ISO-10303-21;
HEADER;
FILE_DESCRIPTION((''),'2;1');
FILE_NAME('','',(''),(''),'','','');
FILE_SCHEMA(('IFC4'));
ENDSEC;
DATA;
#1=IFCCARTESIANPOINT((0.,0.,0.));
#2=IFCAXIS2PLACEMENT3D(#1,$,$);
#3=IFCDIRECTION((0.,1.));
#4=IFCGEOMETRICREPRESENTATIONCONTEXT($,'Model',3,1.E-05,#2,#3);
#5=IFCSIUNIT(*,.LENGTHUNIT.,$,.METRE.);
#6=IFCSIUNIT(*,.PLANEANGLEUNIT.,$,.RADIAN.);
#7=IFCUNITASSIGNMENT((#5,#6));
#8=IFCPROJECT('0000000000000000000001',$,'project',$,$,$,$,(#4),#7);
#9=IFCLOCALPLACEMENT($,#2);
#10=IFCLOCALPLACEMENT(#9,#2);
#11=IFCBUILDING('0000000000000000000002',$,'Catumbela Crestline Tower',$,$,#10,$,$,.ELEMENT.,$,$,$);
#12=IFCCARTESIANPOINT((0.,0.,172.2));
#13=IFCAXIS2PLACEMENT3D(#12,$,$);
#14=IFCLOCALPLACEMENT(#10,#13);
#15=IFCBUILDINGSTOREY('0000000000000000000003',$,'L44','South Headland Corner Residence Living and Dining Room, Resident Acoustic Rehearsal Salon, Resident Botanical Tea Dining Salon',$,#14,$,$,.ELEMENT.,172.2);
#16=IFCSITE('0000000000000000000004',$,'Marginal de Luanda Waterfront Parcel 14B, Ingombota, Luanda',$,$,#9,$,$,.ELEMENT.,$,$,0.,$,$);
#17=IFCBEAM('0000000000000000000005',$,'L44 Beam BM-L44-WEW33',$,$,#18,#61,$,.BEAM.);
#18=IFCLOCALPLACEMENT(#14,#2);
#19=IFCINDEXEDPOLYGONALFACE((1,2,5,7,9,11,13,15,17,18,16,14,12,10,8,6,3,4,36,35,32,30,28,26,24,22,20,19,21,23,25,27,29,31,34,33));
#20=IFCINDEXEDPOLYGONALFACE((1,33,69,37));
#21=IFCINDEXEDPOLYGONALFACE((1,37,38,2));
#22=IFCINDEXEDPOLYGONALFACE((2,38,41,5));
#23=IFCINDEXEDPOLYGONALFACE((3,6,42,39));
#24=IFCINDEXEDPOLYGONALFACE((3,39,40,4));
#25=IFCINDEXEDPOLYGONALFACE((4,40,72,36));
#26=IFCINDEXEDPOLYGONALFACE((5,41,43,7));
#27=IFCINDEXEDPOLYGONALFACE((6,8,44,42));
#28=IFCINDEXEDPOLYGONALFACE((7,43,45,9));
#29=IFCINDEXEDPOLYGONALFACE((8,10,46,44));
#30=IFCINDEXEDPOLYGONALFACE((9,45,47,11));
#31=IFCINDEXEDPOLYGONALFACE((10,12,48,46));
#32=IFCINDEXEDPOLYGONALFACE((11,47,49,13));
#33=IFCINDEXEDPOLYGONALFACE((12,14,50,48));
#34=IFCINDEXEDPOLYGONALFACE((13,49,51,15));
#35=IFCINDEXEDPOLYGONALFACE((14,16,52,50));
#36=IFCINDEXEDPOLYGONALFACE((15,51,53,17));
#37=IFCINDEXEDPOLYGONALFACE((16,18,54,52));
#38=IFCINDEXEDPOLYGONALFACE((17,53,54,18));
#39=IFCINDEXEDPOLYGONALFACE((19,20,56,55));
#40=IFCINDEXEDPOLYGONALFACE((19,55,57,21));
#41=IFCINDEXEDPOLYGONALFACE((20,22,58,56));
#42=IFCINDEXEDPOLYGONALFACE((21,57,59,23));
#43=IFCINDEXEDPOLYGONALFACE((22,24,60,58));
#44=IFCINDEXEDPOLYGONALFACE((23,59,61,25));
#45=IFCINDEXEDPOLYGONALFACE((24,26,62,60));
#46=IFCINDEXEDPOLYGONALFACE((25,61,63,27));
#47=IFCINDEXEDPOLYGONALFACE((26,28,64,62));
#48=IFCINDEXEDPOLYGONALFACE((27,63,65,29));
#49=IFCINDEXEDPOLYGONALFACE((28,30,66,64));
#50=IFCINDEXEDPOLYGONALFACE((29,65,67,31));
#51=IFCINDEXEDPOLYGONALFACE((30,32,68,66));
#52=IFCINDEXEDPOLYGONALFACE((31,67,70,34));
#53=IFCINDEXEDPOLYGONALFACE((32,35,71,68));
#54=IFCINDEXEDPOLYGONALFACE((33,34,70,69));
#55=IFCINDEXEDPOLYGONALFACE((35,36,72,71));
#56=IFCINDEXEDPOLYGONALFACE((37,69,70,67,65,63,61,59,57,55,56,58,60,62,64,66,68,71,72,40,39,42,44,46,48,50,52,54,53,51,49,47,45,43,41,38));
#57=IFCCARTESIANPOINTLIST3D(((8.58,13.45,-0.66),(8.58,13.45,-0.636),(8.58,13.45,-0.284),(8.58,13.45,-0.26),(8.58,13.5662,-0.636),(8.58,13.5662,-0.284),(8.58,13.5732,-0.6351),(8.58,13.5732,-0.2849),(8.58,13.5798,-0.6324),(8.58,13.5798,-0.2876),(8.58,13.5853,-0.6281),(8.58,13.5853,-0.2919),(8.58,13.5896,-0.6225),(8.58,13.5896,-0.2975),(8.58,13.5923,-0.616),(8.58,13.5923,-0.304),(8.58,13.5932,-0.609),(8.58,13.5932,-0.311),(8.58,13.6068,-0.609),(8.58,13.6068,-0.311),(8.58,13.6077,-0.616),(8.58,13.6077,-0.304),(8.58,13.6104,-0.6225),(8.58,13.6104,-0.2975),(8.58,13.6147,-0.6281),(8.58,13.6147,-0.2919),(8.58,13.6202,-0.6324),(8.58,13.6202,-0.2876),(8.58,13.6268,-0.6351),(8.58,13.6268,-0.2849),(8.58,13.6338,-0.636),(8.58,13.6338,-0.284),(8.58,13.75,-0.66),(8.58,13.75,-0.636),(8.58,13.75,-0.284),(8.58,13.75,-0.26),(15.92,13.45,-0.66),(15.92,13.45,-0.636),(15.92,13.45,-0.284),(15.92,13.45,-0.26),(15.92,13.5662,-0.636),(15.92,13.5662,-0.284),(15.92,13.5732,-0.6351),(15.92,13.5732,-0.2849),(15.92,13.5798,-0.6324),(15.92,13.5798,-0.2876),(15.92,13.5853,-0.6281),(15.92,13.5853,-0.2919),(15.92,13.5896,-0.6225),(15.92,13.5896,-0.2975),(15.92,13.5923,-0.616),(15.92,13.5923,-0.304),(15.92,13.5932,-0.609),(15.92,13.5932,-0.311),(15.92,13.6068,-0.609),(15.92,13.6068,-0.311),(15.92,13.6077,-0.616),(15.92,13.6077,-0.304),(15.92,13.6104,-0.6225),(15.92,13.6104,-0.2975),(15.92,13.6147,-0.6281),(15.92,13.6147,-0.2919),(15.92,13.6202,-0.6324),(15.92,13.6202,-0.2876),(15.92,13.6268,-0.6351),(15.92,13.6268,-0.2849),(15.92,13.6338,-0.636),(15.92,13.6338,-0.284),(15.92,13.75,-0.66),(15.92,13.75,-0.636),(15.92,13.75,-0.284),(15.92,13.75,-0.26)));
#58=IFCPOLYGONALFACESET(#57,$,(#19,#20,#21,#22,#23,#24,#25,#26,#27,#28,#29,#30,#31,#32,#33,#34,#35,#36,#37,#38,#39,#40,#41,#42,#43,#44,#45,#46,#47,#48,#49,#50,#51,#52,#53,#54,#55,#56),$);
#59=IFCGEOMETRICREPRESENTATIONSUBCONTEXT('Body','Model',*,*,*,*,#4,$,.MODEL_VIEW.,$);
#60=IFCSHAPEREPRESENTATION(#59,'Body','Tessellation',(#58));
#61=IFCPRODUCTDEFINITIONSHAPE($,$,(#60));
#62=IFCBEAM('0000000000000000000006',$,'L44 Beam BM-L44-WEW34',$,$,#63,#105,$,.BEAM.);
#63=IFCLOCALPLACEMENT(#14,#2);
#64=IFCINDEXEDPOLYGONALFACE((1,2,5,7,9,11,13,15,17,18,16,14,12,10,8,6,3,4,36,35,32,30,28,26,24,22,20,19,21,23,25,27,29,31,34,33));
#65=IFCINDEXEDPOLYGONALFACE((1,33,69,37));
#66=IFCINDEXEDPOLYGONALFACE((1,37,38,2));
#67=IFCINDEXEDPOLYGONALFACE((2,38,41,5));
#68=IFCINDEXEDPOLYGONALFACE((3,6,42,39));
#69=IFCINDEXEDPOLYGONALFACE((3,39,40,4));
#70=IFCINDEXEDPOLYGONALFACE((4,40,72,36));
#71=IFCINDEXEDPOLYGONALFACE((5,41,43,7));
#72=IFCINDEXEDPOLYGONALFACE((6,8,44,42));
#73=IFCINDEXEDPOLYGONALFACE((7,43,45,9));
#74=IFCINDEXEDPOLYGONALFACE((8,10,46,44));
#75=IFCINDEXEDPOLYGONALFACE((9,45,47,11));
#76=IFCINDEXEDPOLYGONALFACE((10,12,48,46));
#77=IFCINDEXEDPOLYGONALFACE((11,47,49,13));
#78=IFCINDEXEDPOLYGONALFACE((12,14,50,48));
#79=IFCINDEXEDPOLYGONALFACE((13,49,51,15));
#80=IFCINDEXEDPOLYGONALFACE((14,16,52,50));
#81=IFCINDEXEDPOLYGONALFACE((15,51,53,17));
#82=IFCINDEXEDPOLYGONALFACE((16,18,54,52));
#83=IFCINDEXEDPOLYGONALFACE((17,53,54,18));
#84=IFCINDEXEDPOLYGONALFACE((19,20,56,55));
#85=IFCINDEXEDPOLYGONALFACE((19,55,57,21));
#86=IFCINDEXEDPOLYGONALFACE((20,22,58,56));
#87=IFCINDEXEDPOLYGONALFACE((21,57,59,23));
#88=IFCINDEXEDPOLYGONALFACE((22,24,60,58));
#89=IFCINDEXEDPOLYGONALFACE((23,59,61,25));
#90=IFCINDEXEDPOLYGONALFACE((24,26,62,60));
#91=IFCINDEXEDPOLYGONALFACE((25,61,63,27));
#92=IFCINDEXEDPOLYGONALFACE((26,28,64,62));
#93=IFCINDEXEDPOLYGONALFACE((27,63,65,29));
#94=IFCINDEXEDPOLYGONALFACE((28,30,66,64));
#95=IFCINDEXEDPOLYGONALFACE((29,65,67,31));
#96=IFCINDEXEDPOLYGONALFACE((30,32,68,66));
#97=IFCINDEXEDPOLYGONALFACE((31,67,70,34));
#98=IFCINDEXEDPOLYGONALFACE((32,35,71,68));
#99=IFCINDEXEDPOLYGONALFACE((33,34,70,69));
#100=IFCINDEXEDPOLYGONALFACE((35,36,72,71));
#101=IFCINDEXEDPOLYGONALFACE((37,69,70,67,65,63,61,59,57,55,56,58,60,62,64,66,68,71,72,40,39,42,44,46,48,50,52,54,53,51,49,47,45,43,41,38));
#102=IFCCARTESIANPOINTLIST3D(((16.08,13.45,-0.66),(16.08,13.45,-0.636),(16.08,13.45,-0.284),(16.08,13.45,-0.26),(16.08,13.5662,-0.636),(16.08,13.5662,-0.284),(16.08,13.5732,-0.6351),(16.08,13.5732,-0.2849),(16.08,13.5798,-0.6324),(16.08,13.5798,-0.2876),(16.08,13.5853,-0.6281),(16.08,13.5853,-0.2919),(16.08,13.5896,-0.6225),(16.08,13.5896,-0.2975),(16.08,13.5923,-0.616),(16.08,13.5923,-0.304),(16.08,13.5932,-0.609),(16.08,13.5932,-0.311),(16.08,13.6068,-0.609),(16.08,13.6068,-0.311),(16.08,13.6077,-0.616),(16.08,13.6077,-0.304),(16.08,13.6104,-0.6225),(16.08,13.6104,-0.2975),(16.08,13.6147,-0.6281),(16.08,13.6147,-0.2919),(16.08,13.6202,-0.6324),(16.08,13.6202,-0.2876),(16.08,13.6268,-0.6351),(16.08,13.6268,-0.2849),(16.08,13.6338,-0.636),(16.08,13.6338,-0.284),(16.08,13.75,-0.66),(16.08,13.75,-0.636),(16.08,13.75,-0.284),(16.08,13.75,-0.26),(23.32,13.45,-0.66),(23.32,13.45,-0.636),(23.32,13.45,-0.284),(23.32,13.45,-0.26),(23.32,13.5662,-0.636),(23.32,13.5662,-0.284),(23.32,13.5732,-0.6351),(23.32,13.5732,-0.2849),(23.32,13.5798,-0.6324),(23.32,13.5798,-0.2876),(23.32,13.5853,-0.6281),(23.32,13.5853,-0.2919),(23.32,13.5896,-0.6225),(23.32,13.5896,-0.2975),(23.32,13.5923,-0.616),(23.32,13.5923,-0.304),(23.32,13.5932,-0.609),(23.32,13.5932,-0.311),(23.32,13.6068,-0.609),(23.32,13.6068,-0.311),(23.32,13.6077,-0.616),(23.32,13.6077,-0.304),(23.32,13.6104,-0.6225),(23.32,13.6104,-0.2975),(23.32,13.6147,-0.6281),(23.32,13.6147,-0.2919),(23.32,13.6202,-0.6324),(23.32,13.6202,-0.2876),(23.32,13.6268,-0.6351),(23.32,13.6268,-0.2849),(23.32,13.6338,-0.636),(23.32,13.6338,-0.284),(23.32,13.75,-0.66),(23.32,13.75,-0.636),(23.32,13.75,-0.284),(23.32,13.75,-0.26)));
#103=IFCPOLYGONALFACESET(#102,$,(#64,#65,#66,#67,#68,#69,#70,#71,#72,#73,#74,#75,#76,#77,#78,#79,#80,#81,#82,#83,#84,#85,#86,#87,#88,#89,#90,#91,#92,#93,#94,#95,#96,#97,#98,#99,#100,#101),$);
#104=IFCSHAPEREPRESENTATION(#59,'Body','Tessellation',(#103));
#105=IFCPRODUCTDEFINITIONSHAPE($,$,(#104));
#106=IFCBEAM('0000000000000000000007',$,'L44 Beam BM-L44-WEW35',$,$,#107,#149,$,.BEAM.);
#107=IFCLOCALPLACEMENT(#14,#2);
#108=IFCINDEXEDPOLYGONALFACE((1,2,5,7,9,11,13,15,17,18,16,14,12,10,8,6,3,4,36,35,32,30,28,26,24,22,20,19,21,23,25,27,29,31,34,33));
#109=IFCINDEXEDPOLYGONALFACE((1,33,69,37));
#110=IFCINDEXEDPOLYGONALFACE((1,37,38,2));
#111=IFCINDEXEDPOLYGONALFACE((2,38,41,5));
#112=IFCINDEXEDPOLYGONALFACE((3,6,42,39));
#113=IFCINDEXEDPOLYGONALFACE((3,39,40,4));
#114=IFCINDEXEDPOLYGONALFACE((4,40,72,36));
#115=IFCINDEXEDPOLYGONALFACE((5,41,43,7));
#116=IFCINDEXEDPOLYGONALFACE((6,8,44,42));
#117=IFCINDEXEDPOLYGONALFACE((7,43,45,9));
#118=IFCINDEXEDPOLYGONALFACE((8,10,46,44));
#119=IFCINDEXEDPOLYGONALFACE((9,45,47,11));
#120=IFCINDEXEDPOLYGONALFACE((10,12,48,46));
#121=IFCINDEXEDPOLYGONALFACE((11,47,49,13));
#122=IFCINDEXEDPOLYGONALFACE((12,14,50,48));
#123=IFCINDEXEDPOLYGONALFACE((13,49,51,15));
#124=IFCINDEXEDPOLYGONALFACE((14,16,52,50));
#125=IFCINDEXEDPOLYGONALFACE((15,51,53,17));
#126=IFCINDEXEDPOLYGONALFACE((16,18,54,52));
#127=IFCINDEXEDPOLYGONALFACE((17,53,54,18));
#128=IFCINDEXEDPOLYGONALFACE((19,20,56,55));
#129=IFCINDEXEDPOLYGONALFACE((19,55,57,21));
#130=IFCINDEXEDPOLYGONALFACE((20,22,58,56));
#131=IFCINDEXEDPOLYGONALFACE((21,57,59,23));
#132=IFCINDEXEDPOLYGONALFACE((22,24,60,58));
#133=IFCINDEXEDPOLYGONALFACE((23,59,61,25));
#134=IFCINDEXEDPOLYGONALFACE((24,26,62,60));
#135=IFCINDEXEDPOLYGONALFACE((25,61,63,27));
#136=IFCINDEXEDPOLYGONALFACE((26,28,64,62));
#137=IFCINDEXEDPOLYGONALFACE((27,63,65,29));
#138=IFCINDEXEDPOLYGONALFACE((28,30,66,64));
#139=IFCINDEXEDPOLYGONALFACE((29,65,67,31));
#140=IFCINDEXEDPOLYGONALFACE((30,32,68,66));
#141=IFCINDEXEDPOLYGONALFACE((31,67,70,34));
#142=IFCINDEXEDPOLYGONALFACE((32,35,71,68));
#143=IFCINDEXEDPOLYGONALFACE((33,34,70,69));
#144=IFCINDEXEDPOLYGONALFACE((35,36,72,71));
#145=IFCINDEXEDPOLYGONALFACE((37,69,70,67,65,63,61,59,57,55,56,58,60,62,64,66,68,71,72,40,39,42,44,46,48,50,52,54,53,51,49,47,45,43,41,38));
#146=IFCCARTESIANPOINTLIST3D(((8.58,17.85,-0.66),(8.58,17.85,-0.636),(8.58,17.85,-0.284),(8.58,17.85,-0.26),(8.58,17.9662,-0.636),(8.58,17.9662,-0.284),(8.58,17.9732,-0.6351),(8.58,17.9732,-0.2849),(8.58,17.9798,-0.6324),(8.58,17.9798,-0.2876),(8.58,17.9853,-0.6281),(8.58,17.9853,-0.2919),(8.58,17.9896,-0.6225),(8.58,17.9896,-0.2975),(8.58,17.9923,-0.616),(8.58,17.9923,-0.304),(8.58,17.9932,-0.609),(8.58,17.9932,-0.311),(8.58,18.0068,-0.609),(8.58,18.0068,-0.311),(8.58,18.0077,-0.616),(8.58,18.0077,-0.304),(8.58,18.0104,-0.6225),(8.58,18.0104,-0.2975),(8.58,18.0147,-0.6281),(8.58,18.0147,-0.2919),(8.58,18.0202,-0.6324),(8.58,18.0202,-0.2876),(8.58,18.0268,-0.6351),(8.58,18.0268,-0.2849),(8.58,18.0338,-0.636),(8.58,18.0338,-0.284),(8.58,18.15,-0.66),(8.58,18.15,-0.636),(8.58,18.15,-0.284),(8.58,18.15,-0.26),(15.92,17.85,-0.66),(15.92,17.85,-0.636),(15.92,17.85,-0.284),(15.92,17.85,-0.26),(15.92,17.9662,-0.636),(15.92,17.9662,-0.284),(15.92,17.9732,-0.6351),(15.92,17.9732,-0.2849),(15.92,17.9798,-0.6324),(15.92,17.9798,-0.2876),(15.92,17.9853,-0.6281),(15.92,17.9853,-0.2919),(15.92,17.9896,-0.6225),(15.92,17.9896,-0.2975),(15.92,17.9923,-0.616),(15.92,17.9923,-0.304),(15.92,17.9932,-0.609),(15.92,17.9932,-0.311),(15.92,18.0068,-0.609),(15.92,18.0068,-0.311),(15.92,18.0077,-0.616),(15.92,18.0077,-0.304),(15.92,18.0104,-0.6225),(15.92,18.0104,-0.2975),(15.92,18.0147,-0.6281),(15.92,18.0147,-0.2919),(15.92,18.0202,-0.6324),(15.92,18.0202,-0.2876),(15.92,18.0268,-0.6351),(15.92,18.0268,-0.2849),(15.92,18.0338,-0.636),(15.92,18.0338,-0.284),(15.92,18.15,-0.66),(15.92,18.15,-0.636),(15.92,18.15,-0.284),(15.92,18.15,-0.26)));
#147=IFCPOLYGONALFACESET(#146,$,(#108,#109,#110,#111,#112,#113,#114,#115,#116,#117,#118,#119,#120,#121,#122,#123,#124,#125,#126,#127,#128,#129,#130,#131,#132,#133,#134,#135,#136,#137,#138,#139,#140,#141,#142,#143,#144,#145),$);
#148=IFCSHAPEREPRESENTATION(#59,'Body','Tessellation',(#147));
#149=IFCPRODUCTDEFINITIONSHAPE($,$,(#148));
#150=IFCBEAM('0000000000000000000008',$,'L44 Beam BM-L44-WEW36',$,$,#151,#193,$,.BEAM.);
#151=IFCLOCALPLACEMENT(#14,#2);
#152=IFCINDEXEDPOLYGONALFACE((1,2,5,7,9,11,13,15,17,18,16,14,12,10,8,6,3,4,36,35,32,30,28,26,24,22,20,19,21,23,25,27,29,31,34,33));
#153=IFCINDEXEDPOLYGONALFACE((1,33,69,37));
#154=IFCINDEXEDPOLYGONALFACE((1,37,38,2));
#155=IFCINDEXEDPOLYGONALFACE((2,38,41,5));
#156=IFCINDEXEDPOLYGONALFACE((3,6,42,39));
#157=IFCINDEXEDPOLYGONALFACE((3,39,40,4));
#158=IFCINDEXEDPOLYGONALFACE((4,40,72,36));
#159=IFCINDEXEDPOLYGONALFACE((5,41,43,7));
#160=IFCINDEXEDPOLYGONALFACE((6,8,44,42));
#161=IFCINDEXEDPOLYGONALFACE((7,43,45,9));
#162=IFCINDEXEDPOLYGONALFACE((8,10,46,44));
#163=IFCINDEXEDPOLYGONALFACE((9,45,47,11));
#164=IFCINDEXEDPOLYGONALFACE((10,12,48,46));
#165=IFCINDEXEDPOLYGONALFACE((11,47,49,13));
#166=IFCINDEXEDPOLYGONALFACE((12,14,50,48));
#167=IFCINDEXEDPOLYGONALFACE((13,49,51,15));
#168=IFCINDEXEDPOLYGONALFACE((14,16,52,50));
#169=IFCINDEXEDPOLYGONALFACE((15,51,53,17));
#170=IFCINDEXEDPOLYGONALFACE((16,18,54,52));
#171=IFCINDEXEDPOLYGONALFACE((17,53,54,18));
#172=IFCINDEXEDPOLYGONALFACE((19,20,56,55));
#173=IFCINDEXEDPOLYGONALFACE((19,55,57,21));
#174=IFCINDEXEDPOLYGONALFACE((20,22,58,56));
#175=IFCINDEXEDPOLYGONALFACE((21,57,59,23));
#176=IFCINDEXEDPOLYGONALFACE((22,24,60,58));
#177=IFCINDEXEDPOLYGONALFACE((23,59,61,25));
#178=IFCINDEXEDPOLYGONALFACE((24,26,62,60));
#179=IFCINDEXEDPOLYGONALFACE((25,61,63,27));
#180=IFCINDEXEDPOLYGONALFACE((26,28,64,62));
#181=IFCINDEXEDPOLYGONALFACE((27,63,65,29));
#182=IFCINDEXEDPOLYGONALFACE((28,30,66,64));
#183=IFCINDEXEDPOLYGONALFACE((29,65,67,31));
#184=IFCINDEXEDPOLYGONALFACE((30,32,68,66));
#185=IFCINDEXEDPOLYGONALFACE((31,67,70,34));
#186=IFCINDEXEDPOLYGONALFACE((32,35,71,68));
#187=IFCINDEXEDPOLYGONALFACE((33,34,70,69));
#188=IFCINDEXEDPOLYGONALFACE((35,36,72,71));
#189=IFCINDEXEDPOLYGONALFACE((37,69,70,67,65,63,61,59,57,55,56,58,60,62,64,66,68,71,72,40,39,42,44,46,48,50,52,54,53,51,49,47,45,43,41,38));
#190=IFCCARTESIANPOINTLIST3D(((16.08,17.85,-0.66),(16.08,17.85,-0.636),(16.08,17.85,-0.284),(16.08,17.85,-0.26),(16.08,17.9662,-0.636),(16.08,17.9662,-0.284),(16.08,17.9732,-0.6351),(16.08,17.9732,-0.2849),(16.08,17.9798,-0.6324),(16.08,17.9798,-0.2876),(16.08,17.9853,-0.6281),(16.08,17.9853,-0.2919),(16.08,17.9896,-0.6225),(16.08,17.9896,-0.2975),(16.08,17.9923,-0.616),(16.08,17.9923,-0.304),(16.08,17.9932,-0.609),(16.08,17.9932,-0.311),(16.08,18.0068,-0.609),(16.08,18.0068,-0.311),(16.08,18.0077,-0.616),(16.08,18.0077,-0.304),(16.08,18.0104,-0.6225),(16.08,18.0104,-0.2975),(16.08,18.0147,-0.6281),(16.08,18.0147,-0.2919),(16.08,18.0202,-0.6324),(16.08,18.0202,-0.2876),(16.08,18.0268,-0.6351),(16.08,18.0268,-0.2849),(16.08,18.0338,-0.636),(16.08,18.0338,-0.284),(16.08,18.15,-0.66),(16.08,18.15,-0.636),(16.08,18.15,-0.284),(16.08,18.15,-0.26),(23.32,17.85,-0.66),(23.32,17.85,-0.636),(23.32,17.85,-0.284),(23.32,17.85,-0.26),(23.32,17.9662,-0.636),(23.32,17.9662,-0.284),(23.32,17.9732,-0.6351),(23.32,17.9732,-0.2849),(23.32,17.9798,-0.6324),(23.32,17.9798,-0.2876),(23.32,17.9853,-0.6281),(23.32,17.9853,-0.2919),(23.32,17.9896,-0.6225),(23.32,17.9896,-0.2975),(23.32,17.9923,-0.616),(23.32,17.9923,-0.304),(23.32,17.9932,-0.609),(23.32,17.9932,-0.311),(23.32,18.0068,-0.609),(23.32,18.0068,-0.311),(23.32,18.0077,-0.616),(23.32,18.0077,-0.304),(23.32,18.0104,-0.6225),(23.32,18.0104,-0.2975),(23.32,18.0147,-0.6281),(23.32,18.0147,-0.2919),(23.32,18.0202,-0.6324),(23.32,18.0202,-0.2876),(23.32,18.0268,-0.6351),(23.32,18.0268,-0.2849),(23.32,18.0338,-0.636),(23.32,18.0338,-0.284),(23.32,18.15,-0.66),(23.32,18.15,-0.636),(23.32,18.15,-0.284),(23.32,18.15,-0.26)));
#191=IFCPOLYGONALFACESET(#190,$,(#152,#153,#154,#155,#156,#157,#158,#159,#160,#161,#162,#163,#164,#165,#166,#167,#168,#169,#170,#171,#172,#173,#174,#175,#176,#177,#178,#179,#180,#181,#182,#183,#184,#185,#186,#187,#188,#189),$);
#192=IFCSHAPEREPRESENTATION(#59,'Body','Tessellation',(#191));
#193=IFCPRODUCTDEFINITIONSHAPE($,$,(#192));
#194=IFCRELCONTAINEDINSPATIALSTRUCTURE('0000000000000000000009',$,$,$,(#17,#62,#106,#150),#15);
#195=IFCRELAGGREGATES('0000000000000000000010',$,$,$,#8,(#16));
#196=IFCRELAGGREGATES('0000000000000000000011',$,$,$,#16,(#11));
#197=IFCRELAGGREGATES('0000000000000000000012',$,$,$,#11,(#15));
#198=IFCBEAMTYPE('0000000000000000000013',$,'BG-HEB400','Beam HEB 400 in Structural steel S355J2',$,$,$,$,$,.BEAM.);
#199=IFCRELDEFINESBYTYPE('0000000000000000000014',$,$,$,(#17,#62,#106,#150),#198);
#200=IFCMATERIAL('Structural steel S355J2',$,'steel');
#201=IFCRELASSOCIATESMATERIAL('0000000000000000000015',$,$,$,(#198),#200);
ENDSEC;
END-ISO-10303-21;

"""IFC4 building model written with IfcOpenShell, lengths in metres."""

from ifc_helpers import new_model, si_unit, direction, frame, origin, origin_2d, place, context, subcontext, project, spatial, i_section, extrude, material, material_profile, profile_set, type_object, element, save


model = new_model("IFC4")

# Units and contexts
model_context = context("Model", 3, precision=1e-05, world=origin(), true_north=direction((0.0, 1.0)))
body_context = subcontext(model_context, "Body", "Model", "MODEL_VIEW")
ifc_project = project(units=[si_unit("LENGTHUNIT", "METRE"), si_unit("PLANEANGLEUNIT", "RADIAN")], contexts=[model_context])

# Site, building, storey
site_placement = place(None, origin())
site = spatial("IfcSite", under=ifc_project, at=site_placement, Name="Marginal de Luanda Waterfront Parcel 14B, Ingombota, Luanda", CompositionType="ELEMENT", RefElevation=0.0)
building_placement = place(site_placement, origin())
building = spatial("IfcBuilding", under=site, at=building_placement, Name="Catumbela Crestline Tower", CompositionType="ELEMENT")
storey_placement = place(building_placement, frame((0.0, 0.0, 172.2)))
storey = spatial("IfcBuildingStorey", under=building, at=storey_placement, Name="L44", Description="South Headland Corner Residence Living and Dining Room, Resident Acoustic Rehearsal Salon, Resident Botanical Tea Dining Salon", CompositionType="ELEMENT", Elevation=172.2)

# Shared definitions
ifc_material_1 = material(Name="Structural steel S355J2", Category="steel")

# Beams
ifc_material_profile_1 = material_profile(ifc_material_1, i_section(OverallWidth=0.3, OverallDepth=0.4, WebThickness=0.0135, FlangeThickness=0.024, FilletRadius=0.027, at=origin_2d()), Name="HEB 400")
ifc_profile_set_1 = profile_set([ifc_material_profile_1], Name="Structural steel S355J2")
beam_type_1 = type_object("IfcBeamType", Name="BG-HEB400", Description="Beam HEB 400 in Structural steel S355J2", PredefinedType="BEAM", material=ifc_profile_set_1)
beam_1_placement = place(storey_placement, frame((8.58, 13.6, -0.46), z_axis=(1.0, 0.0, 0.0), x_axis=(0.0, 1.0, 0.0)))
element("IfcBeam", 1, at=beam_1_placement, inside=storey, type_object=beam_type_1, Name="L44 Beam BM-L44-WEW33", PredefinedType="BEAM", context=body_context, shape_type="SweptSolid", body=[
    extrude(i_section(OverallWidth=0.3, OverallDepth=0.4, WebThickness=0.0135, FlangeThickness=0.024, FilletRadius=0.027, at=origin_2d()), origin(), (0.0, 0.0, 1.0), 7.34),
])
beam_2_placement = place(storey_placement, frame((16.08, 13.6, -0.46), z_axis=(1.0, 0.0, 0.0), x_axis=(0.0, 1.0, 0.0)))
element("IfcBeam", 2, at=beam_2_placement, inside=storey, type_object=beam_type_1, Name="L44 Beam BM-L44-WEW34", PredefinedType="BEAM", context=body_context, shape_type="SweptSolid", body=[
    extrude(i_section(OverallWidth=0.3, OverallDepth=0.4, WebThickness=0.0135, FlangeThickness=0.024, FilletRadius=0.027, at=origin_2d()), origin(), (0.0, 0.0, 1.0), 7.24),
])
beam_3_placement = place(storey_placement, frame((8.58, 18.0, -0.46), z_axis=(1.0, 0.0, 0.0), x_axis=(0.0, 1.0, 0.0)))
element("IfcBeam", 3, at=beam_3_placement, inside=storey, type_object=beam_type_1, Name="L44 Beam BM-L44-WEW35", PredefinedType="BEAM", context=body_context, shape_type="SweptSolid", body=[
    extrude(i_section(OverallWidth=0.3, OverallDepth=0.4, WebThickness=0.0135, FlangeThickness=0.024, FilletRadius=0.027, at=origin_2d()), origin(), (0.0, 0.0, 1.0), 7.34),
])
beam_4_placement = place(storey_placement, frame((16.08, 18.0, -0.46), z_axis=(1.0, 0.0, 0.0), x_axis=(0.0, 1.0, 0.0)))
element("IfcBeam", 4, at=beam_4_placement, inside=storey, type_object=beam_type_1, Name="L44 Beam BM-L44-WEW36", PredefinedType="BEAM", context=body_context, shape_type="SweptSolid", body=[
    extrude(i_section(OverallWidth=0.3, OverallDepth=0.4, WebThickness=0.0135, FlangeThickness=0.024, FilletRadius=0.027, at=origin_2d()), origin(), (0.0, 0.0, 1.0), 7.24),
])

save(model, "model.ifc")
